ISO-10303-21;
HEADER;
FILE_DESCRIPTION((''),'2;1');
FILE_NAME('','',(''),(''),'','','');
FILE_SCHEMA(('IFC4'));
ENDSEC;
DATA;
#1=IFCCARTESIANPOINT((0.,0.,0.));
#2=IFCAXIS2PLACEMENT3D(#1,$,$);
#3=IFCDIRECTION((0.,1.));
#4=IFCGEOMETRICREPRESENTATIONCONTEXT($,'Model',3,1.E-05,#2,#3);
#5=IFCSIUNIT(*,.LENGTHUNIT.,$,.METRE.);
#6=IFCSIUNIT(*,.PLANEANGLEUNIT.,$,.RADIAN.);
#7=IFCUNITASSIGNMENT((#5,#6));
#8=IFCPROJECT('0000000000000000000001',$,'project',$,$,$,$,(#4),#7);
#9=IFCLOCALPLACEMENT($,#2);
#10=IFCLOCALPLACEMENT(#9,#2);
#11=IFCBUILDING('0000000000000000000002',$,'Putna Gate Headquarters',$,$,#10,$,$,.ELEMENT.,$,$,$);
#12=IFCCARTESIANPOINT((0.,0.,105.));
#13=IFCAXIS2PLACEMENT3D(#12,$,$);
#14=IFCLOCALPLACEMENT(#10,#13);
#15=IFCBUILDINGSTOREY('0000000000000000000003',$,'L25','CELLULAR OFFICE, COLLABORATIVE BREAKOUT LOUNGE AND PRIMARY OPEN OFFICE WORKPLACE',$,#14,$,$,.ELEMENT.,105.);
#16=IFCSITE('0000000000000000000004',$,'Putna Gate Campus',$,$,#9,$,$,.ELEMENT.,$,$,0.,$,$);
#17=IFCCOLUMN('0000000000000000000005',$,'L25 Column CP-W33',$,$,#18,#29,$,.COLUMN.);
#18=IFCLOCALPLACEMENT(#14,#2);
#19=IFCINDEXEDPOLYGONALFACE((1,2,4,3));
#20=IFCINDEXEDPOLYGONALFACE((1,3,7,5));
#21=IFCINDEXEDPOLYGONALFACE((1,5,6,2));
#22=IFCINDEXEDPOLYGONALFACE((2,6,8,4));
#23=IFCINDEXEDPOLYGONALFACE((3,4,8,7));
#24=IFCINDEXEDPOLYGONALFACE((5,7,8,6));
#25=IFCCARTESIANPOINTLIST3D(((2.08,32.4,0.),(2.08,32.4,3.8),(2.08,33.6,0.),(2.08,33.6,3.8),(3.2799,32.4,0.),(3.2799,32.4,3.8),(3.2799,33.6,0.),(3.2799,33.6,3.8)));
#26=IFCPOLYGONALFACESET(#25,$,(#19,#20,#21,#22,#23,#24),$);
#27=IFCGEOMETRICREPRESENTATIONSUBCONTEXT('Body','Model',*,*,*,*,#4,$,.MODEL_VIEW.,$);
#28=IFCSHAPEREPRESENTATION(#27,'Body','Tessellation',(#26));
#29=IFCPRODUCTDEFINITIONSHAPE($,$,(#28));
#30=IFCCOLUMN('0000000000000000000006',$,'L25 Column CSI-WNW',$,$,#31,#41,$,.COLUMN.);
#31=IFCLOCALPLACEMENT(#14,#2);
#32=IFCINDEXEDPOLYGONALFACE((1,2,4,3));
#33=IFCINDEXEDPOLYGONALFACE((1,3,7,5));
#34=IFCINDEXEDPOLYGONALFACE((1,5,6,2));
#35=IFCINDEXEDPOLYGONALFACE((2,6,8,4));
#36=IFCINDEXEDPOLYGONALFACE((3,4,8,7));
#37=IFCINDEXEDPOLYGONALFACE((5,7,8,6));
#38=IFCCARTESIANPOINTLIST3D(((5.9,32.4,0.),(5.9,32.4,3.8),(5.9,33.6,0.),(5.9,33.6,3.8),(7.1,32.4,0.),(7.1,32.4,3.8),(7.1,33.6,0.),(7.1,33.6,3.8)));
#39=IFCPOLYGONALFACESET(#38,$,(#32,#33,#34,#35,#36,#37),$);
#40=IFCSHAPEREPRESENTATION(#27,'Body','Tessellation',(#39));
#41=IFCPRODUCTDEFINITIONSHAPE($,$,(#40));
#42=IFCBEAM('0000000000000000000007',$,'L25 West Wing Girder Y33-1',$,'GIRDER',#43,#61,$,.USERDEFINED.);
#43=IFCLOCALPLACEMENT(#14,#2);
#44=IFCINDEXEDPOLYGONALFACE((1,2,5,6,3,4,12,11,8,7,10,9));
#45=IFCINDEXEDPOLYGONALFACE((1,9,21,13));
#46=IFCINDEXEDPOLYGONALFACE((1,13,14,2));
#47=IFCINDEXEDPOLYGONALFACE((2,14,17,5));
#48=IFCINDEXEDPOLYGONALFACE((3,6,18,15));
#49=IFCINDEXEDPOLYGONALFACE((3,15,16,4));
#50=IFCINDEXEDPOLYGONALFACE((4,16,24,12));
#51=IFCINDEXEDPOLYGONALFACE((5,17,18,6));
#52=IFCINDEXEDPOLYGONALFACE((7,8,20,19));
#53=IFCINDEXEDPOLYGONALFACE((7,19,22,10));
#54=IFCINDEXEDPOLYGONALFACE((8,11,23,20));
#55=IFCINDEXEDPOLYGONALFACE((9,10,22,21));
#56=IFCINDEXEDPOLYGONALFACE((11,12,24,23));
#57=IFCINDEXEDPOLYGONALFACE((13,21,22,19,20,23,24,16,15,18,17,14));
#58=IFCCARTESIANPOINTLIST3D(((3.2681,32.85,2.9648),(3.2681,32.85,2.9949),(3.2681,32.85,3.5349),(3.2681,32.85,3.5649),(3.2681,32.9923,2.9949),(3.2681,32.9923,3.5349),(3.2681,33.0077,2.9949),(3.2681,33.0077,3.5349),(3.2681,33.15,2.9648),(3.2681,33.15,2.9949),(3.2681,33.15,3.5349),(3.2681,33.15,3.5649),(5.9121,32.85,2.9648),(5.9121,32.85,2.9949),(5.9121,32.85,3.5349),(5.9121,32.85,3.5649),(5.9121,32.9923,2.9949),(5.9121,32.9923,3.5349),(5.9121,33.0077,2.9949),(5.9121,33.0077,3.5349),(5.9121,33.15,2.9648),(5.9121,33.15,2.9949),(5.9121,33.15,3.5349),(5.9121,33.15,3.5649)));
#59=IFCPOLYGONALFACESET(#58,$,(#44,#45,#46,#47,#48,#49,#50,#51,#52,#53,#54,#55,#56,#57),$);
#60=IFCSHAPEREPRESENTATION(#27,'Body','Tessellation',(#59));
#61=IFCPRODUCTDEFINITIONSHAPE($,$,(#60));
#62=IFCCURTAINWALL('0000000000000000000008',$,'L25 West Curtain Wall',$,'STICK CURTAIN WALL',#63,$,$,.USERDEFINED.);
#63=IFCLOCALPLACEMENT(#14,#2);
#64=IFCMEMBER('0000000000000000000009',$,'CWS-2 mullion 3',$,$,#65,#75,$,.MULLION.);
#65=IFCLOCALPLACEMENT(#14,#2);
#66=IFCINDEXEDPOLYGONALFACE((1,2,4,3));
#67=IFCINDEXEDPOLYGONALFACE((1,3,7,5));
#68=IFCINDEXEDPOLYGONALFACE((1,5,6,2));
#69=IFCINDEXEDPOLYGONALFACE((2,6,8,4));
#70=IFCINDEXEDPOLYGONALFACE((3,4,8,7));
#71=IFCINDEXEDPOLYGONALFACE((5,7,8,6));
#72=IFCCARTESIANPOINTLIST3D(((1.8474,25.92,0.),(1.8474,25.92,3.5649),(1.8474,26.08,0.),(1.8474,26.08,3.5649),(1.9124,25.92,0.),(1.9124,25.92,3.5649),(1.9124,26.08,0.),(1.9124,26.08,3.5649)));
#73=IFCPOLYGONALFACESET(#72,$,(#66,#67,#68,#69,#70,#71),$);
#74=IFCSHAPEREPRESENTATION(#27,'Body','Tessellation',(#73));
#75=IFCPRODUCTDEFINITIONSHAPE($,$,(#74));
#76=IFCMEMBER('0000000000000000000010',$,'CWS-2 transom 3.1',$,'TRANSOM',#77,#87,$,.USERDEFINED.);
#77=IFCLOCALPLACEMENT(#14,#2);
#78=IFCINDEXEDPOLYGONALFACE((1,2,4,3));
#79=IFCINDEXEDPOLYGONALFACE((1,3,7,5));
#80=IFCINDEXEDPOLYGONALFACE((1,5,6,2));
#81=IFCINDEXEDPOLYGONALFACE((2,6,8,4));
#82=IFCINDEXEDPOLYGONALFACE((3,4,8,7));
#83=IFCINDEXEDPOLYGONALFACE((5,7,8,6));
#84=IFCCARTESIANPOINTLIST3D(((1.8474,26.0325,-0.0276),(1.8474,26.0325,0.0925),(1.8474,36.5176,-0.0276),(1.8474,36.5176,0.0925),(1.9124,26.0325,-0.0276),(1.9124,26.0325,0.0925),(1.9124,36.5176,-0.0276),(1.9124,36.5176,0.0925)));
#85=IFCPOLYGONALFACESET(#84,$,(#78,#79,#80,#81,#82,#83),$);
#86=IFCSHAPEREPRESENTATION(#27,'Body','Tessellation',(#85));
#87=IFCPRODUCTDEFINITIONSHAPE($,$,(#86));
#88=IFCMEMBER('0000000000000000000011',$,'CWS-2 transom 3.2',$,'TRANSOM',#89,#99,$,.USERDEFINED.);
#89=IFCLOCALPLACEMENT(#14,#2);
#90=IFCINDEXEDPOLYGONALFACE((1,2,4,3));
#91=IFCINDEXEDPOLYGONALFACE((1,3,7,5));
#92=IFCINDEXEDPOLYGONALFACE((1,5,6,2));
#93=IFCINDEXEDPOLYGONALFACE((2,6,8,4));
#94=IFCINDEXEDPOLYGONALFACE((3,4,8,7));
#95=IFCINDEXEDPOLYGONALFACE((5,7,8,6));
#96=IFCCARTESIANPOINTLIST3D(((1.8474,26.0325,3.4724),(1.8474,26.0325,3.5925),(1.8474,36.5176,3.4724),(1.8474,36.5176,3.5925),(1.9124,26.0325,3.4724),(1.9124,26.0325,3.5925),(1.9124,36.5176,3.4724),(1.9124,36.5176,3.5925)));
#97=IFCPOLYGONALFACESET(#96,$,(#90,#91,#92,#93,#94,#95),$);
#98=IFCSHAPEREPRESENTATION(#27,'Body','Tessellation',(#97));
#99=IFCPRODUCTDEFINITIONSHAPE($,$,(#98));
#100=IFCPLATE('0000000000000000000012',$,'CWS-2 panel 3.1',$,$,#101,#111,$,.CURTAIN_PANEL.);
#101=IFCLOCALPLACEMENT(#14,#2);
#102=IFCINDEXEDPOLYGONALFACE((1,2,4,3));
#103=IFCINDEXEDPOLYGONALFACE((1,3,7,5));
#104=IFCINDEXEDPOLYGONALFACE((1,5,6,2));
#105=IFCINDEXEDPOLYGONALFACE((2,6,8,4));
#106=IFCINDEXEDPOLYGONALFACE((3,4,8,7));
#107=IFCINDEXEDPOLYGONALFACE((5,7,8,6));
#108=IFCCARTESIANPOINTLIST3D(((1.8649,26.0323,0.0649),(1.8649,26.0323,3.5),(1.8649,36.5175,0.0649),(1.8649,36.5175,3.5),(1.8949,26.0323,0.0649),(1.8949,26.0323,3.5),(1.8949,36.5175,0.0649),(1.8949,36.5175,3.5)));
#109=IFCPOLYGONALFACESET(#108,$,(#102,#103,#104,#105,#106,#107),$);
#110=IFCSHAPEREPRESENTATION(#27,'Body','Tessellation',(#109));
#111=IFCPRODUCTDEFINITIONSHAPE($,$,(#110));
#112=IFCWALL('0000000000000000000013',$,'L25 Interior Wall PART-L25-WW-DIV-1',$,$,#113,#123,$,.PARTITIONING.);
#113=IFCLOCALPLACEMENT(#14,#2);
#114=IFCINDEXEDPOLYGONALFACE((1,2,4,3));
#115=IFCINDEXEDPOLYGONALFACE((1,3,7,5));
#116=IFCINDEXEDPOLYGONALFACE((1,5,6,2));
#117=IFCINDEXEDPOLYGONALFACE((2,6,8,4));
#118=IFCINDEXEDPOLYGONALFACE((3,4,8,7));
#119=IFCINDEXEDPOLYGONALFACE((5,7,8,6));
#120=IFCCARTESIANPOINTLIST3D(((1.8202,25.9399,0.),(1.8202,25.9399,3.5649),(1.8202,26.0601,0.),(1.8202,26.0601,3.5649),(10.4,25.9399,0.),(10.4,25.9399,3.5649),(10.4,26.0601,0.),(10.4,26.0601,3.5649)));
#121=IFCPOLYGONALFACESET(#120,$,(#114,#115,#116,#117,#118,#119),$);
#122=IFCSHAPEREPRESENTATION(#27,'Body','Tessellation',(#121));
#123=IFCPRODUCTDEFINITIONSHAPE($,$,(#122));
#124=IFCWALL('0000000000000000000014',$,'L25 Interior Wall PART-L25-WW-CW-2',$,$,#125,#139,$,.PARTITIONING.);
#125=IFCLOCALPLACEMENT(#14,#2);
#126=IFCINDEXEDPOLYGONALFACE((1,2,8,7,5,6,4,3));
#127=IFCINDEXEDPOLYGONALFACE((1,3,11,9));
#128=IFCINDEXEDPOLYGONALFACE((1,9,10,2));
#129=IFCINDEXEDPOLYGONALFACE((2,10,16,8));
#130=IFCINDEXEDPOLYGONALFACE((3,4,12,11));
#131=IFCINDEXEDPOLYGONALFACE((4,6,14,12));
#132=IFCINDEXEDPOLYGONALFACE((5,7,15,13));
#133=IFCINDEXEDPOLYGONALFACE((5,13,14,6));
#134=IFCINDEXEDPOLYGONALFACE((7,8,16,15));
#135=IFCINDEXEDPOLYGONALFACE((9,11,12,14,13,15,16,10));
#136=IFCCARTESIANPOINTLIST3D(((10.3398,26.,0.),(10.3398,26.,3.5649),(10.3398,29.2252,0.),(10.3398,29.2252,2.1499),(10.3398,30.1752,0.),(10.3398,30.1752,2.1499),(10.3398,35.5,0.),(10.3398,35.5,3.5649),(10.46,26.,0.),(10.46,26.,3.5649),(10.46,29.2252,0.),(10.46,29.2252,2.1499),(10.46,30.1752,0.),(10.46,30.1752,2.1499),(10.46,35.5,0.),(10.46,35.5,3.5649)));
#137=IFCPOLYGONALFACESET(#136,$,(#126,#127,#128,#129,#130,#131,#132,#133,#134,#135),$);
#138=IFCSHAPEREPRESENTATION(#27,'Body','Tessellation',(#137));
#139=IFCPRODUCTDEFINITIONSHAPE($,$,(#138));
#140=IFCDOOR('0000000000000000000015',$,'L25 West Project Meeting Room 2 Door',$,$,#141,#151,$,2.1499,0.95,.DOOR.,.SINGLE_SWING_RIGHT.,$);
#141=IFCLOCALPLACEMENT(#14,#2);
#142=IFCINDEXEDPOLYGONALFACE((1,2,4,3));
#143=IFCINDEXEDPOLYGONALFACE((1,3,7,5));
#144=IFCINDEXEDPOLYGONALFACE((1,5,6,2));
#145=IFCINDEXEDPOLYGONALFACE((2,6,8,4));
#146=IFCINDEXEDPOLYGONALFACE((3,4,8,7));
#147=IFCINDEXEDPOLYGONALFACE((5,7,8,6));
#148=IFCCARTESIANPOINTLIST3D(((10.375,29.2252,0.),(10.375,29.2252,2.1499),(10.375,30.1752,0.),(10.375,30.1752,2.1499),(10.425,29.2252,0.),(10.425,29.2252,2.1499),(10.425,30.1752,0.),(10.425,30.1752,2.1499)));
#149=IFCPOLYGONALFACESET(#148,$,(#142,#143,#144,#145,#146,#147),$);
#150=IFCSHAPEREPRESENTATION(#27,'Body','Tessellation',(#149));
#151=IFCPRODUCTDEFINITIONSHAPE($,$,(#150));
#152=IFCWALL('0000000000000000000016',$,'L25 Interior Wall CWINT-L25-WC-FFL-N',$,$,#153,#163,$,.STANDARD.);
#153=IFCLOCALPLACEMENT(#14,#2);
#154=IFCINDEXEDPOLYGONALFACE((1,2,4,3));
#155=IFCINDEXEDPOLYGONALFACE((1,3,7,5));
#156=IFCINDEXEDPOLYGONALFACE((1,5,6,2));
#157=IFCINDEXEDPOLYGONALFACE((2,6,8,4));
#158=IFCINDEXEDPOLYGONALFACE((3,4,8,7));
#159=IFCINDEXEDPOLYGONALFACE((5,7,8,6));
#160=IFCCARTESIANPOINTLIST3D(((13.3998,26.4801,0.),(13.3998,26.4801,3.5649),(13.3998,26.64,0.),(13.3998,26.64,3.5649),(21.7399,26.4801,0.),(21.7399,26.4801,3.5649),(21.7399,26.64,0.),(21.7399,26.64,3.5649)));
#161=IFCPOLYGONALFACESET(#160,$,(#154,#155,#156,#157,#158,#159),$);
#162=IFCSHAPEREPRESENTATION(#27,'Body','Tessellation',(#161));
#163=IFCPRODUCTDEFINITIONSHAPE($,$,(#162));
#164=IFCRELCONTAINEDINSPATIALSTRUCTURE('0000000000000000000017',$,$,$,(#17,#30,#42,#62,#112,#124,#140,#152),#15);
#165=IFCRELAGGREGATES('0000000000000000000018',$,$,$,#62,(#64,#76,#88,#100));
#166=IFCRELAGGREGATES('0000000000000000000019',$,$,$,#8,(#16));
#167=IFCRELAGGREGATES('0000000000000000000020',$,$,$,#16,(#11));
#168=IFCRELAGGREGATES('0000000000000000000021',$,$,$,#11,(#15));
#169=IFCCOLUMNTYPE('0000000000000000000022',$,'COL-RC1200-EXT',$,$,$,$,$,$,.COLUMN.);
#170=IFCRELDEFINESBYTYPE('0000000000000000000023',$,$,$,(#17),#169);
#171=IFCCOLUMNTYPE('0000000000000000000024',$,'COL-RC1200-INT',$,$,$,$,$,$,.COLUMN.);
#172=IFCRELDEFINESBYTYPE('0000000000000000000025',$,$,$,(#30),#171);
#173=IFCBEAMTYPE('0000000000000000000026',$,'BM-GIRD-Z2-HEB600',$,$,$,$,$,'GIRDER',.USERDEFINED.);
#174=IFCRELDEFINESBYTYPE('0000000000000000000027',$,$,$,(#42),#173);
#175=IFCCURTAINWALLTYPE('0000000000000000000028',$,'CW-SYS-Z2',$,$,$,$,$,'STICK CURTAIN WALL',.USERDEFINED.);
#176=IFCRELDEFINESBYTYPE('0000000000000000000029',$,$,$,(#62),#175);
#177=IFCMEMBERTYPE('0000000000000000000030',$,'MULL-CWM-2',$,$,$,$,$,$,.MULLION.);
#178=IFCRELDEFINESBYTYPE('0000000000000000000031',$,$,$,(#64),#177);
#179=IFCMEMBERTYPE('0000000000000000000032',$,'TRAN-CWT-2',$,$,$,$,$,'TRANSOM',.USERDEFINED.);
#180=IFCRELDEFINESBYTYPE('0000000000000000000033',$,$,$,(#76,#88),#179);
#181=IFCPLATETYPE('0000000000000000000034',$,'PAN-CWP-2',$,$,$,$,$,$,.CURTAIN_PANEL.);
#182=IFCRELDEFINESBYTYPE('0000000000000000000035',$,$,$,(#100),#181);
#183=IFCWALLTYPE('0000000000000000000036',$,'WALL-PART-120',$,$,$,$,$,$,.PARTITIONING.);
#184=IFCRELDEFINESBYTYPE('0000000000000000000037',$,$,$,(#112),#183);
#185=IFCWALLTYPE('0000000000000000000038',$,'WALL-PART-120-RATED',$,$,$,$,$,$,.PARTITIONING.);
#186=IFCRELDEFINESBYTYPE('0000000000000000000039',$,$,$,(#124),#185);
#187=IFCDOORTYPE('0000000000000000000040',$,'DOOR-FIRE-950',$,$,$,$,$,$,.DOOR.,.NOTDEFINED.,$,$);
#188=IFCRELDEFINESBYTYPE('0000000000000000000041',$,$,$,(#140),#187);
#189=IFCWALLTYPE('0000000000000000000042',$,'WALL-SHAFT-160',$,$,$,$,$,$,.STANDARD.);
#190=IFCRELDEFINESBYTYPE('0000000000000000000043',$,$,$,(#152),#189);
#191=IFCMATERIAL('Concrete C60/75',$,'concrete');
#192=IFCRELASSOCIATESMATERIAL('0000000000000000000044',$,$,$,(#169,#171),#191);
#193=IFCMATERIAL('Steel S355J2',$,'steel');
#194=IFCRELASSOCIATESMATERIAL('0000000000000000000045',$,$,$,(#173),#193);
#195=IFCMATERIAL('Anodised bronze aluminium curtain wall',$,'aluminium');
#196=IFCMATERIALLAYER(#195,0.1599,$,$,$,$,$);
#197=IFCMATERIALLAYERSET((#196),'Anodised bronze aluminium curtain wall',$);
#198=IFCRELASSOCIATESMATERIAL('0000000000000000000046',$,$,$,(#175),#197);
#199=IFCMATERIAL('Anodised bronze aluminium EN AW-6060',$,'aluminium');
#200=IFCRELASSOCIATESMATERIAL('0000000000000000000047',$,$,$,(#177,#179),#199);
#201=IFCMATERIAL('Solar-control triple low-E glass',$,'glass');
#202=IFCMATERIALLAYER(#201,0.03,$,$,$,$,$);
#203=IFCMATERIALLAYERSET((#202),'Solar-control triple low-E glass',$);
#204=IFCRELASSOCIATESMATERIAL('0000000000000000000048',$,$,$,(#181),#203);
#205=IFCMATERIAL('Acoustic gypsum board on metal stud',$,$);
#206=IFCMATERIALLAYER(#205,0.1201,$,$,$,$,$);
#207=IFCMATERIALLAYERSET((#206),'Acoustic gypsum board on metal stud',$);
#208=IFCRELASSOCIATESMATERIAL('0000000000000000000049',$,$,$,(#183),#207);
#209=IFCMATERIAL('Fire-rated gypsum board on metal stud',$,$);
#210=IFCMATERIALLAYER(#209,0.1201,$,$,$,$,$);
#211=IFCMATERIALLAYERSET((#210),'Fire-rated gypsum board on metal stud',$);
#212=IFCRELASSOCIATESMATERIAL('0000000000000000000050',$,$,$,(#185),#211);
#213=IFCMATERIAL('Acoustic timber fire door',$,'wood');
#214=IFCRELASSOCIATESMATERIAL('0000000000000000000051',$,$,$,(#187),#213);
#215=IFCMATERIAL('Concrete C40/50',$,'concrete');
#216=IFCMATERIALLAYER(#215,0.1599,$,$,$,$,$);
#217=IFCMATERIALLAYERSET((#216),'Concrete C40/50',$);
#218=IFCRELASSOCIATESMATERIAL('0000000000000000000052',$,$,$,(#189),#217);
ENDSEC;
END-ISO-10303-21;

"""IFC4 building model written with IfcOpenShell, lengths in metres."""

from ifc_helpers import new_model, si_unit, direction, frame, frame_2d, origin, origin_2d, place, context, subcontext, project, spatial, rectangle, i_section, extrude, material, layer, layer_set, material_profile, profile_set, type_object, element, fill, aggregate, save


model = new_model("IFC4")

# Units and contexts
model_context = context("Model", 3, precision=1e-05, world=origin(), true_north=direction((0.0, 1.0)))
body_context = subcontext(model_context, "Body", "Model", "MODEL_VIEW")
ifc_project = project(units=[si_unit("LENGTHUNIT", "METRE"), si_unit("PLANEANGLEUNIT", "RADIAN")], contexts=[model_context])

# Site, building, storey
site_placement = place(None, origin())
site = spatial("IfcSite", under=ifc_project, at=site_placement, Name="Putna Gate Campus", CompositionType="ELEMENT", RefElevation=0.0)
building_placement = place(site_placement, origin())
building = spatial("IfcBuilding", under=site, at=building_placement, Name="Putna Gate Headquarters", CompositionType="ELEMENT")
storey_placement = place(building_placement, frame((0.0, 0.0, 105.0)))
storey = spatial("IfcBuildingStorey", under=building, at=storey_placement, Name="L25", Description="CELLULAR OFFICE, COLLABORATIVE BREAKOUT LOUNGE AND PRIMARY OPEN OFFICE WORKPLACE", CompositionType="ELEMENT", Elevation=105.0)

# Columns
ifc_material_1 = material(Name="Concrete C60/75", Category="concrete")
ifc_material_profile_1 = material_profile(ifc_material_1, rectangle(XDim=1.2, YDim=1.2, at=origin_2d()), Name="Concrete C60/75")
ifc_profile_set_1 = profile_set([ifc_material_profile_1], Name="Concrete C60/75")
column_type_1 = type_object("IfcColumnType", Name="COL-RC1200-EXT", PredefinedType="COLUMN", material=ifc_profile_set_1)
column_1_placement = place(storey_placement, frame((2.6799, 33.0, 0.0), z_axis=(0.0, 0.0, 1.0), x_axis=(1.0, 0.0, 0.0)))
element("IfcColumn", 1, at=column_1_placement, inside=storey, type_object=column_type_1, Name="L25 Column CP-W33", PredefinedType="COLUMN", context=body_context, shape_type="SweptSolid", body=[
    extrude(rectangle(XDim=1.2, YDim=1.2, at=origin_2d()), origin(), (0.0, 0.0, 1.0), 3.8),
])
ifc_material_profile_2 = material_profile(ifc_material_1, rectangle(XDim=1.2, YDim=1.2, at=origin_2d()), Name="Concrete C60/75")
ifc_profile_set_2 = profile_set([ifc_material_profile_2], Name="Concrete C60/75")
column_type_2 = type_object("IfcColumnType", Name="COL-RC1200-INT", PredefinedType="COLUMN", material=ifc_profile_set_2)
column_2_placement = place(storey_placement, frame((6.5, 33.0, 0.0), z_axis=(0.0, 0.0, 1.0), x_axis=(1.0, 0.0, 0.0)))
element("IfcColumn", 2, at=column_2_placement, inside=storey, type_object=column_type_2, Name="L25 Column CSI-WNW", PredefinedType="COLUMN", context=body_context, shape_type="SweptSolid", body=[
    extrude(rectangle(XDim=1.2, YDim=1.2, at=origin_2d()), origin(), (0.0, 0.0, 1.0), 3.8),
])

# Beam
ifc_material_2 = material(Name="Steel S355J2", Category="steel")
ifc_material_profile_3 = material_profile(ifc_material_2, i_section(OverallWidth=0.3, OverallDepth=0.6001, WebThickness=0.0154, FlangeThickness=0.03, at=origin_2d()), Name="Steel S355J2")
ifc_profile_set_3 = profile_set([ifc_material_profile_3], Name="Steel S355J2")
beam_type = type_object("IfcBeamType", Name="BM-GIRD-Z2-HEB600", ElementType="GIRDER", PredefinedType="USERDEFINED", material=ifc_profile_set_3)
beam_placement = place(storey_placement, frame((3.2681, 33.0, 3.2649), z_axis=(1.0, 0.0, 0.0), x_axis=(0.0, 1.0, 0.0)))
element("IfcBeam", 3, at=beam_placement, inside=storey, type_object=beam_type, Name="L25 West Wing Girder Y33-1", ObjectType="GIRDER", PredefinedType="USERDEFINED", context=body_context, shape_type="SweptSolid", body=[
    extrude(i_section(OverallWidth=0.3, OverallDepth=0.6001, WebThickness=0.0154, FlangeThickness=0.03, at=origin_2d()), origin(), (0.0, 0.0, 1.0), 2.644),
])

# Curtain wall, members, plate
ifc_material_3 = material(Name="Anodised bronze aluminium curtain wall", Category="aluminium")
ifc_layer_1 = layer(ifc_material_3, 0.1599)
ifc_layer_set_1 = layer_set([ifc_layer_1], Name="Anodised bronze aluminium curtain wall")
curtain_wall_type = type_object("IfcCurtainWallType", Name="CW-SYS-Z2", ElementType="STICK CURTAIN WALL", PredefinedType="USERDEFINED", material=ifc_layer_set_1)
curtain_wall_placement = place(storey_placement, origin())
curtain_wall = element("IfcCurtainWall", 4, at=curtain_wall_placement, inside=storey, type_object=curtain_wall_type, Name="L25 West Curtain Wall", ObjectType="STICK CURTAIN WALL", PredefinedType="USERDEFINED")
ifc_material_4 = material(Name="Anodised bronze aluminium EN AW-6060", Category="aluminium")
ifc_material_profile_4 = material_profile(ifc_material_4, rectangle(XDim=0.0649, YDim=0.1599, at=origin_2d()), Name="Anodised bronze aluminium EN AW-6060")
ifc_profile_set_4 = profile_set([ifc_material_profile_4], Name="Anodised bronze aluminium EN AW-6060")
member_type_1 = type_object("IfcMemberType", Name="MULL-CWM-2", PredefinedType="MULLION", material=ifc_profile_set_4)
member_1_placement = place(storey_placement, frame((1.8799, 26.0, 0.0), z_axis=(0.0, 0.0, 1.0), x_axis=(-1.0, 0.0, 0.0)))
member_1 = element("IfcMember", 5, at=member_1_placement, type_object=member_type_1, Name="CWS-2 mullion 3", PredefinedType="MULLION", context=body_context, shape_type="SweptSolid", body=[
    extrude(rectangle(XDim=0.0649, YDim=0.1599, at=origin_2d()), origin(), (0.0, 0.0, 1.0), 3.5649),
])
ifc_material_profile_5 = material_profile(ifc_material_4, rectangle(XDim=0.0649, YDim=0.1201, at=origin_2d()), Name="Anodised bronze aluminium EN AW-6060")
ifc_profile_set_5 = profile_set([ifc_material_profile_5], Name="Anodised bronze aluminium EN AW-6060")
member_type_2 = type_object("IfcMemberType", Name="TRAN-CWT-2", ElementType="TRANSOM", PredefinedType="USERDEFINED", material=ifc_profile_set_5)
member_2_placement = place(storey_placement, frame((1.8799, 26.0325, 0.0325), z_axis=(0.0, 1.0, 0.0), x_axis=(-1.0, 0.0, 0.0)))
member_2 = element("IfcMember", 6, at=member_2_placement, type_object=member_type_2, Name="CWS-2 transom 3.1", ObjectType="TRANSOM", PredefinedType="USERDEFINED", context=body_context, shape_type="SweptSolid", body=[
    extrude(rectangle(XDim=0.0649, YDim=0.1201, at=origin_2d()), origin(), (0.0, 0.0, 1.0), 10.4851),
])
member_3_placement = place(storey_placement, frame((1.8799, 26.0325, 3.5325), z_axis=(0.0, 1.0, 0.0), x_axis=(-1.0, 0.0, 0.0)))
member_3 = element("IfcMember", 7, at=member_3_placement, type_object=member_type_2, Name="CWS-2 transom 3.2", ObjectType="TRANSOM", PredefinedType="USERDEFINED", context=body_context, shape_type="SweptSolid", body=[
    extrude(rectangle(XDim=0.0649, YDim=0.1201, at=origin_2d()), origin(), (0.0, 0.0, 1.0), 10.4851),
])
ifc_material_5 = material(Name="Solar-control triple low-E glass", Category="glass")
ifc_layer_2 = layer(ifc_material_5, 0.03)
ifc_layer_set_2 = layer_set([ifc_layer_2], Name="Solar-control triple low-E glass")
plate_type = type_object("IfcPlateType", Name="PAN-CWP-2", PredefinedType="CURTAIN_PANEL", material=ifc_layer_set_2)
plate_placement = place(storey_placement, frame((1.8799, 31.2749, 0.0649), z_axis=(0.0, 0.0, 1.0), x_axis=(0.0, 1.0, 0.0)))
plate = element("IfcPlate", 8, at=plate_placement, type_object=plate_type, Name="CWS-2 panel 3.1", PredefinedType="CURTAIN_PANEL", context=body_context, shape_type="SweptSolid", body=[
    extrude(rectangle(XDim=10.4851, YDim=0.03, at=origin_2d()), origin(), (0.0, 0.0, 1.0), 3.4351),
])
aggregate(curtain_wall, [member_1, member_2, member_3, plate])

# Wall
ifc_material_6 = material(Name="Acoustic gypsum board on metal stud")
ifc_layer_3 = layer(ifc_material_6, 0.1201)
ifc_layer_set_3 = layer_set([ifc_layer_3], Name="Acoustic gypsum board on metal stud")
wall_type_1 = type_object("IfcWallType", Name="WALL-PART-120", PredefinedType="PARTITIONING", material=ifc_layer_set_3)
wall_1_placement = place(storey_placement, frame((1.8201, 26.0, 0.0), z_axis=(0.0, 0.0, 1.0), x_axis=(1.0, 0.0, 0.0)))
element("IfcWall", 9, at=wall_1_placement, inside=storey, type_object=wall_type_1, Name="L25 Interior Wall PART-L25-WW-DIV-1", PredefinedType="PARTITIONING", context=body_context, shape_type="SweptSolid", body=[
    extrude(rectangle(XDim=8.5798, YDim=0.1201, at=frame_2d((4.29, 0.0))), origin(), (0.0, 0.0, 1.0), 3.5649),
])

# Wall, opening, door
ifc_material_7 = material(Name="Fire-rated gypsum board on metal stud")
ifc_layer_4 = layer(ifc_material_7, 0.1201)
ifc_layer_set_4 = layer_set([ifc_layer_4], Name="Fire-rated gypsum board on metal stud")
wall_type_2 = type_object("IfcWallType", Name="WALL-PART-120-RATED", PredefinedType="PARTITIONING", material=ifc_layer_set_4)
wall_2_placement = place(storey_placement, frame((10.3999, 26.0, 0.0), z_axis=(0.0, 0.0, 1.0), x_axis=(0.0, 1.0, 0.0)))
wall_2 = element("IfcWall", 10, at=wall_2_placement, inside=storey, type_object=wall_type_2, Name="L25 Interior Wall PART-L25-WW-CW-2", PredefinedType="PARTITIONING", context=body_context, shape_type="SweptSolid", body=[
    extrude(rectangle(XDim=9.5, YDim=0.1201, at=frame_2d((4.75, 0.0))), origin(), (0.0, 0.0, 1.0), 3.5649),
])
opening_1_placement = place(wall_2_placement, frame((3.2251, 0.0, 0.0)))
opening_1 = element("IfcOpeningElement", 11, at=opening_1_placement, cuts=wall_2, PredefinedType="OPENING", context=body_context, shape_type="SweptSolid", body=[
    extrude(rectangle(XDim=0.95, YDim=2.1499, at=frame_2d((0.4751, 1.075))), frame((0.0, 0.0701, 0.0), z_axis=(0.0, -1.0, 0.0), x_axis=(1.0, 0.0, 0.0)), (0.0, 0.0, 1.0), 0.1401),
])
ifc_material_8 = material(Name="Acoustic timber fire door", Category="wood")
door_type_1 = type_object("IfcDoorType", Name="DOOR-FIRE-950", OperationType="NOTDEFINED", PredefinedType="DOOR", material=ifc_material_8)
door_1_placement = place(opening_1_placement, origin())
door_1 = element("IfcDoor", 12, at=door_1_placement, inside=storey, type_object=door_type_1, Name="L25 West Project Meeting Room 2 Door", OperationType="SINGLE_SWING_RIGHT", OverallHeight=2.1499, OverallWidth=0.95, PredefinedType="DOOR", context=body_context, shape_type="SweptSolid", body=[
    extrude(rectangle(XDim=0.95, YDim=2.1499, at=frame_2d((0.4751, 1.075))), frame((0.0, 0.0249, 0.0), z_axis=(0.0, -1.0, 0.0), x_axis=(1.0, 0.0, 0.0)), (0.0, 0.0, 1.0), 0.05),
])
fill(opening_1, door_1)

# Wall
ifc_material_9 = material(Name="Concrete C40/50", Category="concrete")
ifc_layer_5 = layer(ifc_material_9, 0.1599)
ifc_layer_set_5 = layer_set([ifc_layer_5], Name="Concrete C40/50")
wall_type_3 = type_object("IfcWallType", Name="WALL-SHAFT-160", PredefinedType="STANDARD", material=ifc_layer_set_5)
wall_3_placement = place(storey_placement, frame((13.3999, 26.5601, 0.0), z_axis=(0.0, 0.0, 1.0), x_axis=(1.0, 0.0, 0.0)))
element("IfcWall", 13, at=wall_3_placement, inside=storey, type_object=wall_type_3, Name="L25 Interior Wall CWINT-L25-WC-FFL-N", PredefinedType="STANDARD", context=body_context, shape_type="SweptSolid", body=[
    extrude(rectangle(XDim=8.3401, YDim=0.1599, at=frame_2d((4.1699, 0.0))), origin(), (0.0, 0.0, 1.0), 3.5649),
])

save(model, "model.ifc")
